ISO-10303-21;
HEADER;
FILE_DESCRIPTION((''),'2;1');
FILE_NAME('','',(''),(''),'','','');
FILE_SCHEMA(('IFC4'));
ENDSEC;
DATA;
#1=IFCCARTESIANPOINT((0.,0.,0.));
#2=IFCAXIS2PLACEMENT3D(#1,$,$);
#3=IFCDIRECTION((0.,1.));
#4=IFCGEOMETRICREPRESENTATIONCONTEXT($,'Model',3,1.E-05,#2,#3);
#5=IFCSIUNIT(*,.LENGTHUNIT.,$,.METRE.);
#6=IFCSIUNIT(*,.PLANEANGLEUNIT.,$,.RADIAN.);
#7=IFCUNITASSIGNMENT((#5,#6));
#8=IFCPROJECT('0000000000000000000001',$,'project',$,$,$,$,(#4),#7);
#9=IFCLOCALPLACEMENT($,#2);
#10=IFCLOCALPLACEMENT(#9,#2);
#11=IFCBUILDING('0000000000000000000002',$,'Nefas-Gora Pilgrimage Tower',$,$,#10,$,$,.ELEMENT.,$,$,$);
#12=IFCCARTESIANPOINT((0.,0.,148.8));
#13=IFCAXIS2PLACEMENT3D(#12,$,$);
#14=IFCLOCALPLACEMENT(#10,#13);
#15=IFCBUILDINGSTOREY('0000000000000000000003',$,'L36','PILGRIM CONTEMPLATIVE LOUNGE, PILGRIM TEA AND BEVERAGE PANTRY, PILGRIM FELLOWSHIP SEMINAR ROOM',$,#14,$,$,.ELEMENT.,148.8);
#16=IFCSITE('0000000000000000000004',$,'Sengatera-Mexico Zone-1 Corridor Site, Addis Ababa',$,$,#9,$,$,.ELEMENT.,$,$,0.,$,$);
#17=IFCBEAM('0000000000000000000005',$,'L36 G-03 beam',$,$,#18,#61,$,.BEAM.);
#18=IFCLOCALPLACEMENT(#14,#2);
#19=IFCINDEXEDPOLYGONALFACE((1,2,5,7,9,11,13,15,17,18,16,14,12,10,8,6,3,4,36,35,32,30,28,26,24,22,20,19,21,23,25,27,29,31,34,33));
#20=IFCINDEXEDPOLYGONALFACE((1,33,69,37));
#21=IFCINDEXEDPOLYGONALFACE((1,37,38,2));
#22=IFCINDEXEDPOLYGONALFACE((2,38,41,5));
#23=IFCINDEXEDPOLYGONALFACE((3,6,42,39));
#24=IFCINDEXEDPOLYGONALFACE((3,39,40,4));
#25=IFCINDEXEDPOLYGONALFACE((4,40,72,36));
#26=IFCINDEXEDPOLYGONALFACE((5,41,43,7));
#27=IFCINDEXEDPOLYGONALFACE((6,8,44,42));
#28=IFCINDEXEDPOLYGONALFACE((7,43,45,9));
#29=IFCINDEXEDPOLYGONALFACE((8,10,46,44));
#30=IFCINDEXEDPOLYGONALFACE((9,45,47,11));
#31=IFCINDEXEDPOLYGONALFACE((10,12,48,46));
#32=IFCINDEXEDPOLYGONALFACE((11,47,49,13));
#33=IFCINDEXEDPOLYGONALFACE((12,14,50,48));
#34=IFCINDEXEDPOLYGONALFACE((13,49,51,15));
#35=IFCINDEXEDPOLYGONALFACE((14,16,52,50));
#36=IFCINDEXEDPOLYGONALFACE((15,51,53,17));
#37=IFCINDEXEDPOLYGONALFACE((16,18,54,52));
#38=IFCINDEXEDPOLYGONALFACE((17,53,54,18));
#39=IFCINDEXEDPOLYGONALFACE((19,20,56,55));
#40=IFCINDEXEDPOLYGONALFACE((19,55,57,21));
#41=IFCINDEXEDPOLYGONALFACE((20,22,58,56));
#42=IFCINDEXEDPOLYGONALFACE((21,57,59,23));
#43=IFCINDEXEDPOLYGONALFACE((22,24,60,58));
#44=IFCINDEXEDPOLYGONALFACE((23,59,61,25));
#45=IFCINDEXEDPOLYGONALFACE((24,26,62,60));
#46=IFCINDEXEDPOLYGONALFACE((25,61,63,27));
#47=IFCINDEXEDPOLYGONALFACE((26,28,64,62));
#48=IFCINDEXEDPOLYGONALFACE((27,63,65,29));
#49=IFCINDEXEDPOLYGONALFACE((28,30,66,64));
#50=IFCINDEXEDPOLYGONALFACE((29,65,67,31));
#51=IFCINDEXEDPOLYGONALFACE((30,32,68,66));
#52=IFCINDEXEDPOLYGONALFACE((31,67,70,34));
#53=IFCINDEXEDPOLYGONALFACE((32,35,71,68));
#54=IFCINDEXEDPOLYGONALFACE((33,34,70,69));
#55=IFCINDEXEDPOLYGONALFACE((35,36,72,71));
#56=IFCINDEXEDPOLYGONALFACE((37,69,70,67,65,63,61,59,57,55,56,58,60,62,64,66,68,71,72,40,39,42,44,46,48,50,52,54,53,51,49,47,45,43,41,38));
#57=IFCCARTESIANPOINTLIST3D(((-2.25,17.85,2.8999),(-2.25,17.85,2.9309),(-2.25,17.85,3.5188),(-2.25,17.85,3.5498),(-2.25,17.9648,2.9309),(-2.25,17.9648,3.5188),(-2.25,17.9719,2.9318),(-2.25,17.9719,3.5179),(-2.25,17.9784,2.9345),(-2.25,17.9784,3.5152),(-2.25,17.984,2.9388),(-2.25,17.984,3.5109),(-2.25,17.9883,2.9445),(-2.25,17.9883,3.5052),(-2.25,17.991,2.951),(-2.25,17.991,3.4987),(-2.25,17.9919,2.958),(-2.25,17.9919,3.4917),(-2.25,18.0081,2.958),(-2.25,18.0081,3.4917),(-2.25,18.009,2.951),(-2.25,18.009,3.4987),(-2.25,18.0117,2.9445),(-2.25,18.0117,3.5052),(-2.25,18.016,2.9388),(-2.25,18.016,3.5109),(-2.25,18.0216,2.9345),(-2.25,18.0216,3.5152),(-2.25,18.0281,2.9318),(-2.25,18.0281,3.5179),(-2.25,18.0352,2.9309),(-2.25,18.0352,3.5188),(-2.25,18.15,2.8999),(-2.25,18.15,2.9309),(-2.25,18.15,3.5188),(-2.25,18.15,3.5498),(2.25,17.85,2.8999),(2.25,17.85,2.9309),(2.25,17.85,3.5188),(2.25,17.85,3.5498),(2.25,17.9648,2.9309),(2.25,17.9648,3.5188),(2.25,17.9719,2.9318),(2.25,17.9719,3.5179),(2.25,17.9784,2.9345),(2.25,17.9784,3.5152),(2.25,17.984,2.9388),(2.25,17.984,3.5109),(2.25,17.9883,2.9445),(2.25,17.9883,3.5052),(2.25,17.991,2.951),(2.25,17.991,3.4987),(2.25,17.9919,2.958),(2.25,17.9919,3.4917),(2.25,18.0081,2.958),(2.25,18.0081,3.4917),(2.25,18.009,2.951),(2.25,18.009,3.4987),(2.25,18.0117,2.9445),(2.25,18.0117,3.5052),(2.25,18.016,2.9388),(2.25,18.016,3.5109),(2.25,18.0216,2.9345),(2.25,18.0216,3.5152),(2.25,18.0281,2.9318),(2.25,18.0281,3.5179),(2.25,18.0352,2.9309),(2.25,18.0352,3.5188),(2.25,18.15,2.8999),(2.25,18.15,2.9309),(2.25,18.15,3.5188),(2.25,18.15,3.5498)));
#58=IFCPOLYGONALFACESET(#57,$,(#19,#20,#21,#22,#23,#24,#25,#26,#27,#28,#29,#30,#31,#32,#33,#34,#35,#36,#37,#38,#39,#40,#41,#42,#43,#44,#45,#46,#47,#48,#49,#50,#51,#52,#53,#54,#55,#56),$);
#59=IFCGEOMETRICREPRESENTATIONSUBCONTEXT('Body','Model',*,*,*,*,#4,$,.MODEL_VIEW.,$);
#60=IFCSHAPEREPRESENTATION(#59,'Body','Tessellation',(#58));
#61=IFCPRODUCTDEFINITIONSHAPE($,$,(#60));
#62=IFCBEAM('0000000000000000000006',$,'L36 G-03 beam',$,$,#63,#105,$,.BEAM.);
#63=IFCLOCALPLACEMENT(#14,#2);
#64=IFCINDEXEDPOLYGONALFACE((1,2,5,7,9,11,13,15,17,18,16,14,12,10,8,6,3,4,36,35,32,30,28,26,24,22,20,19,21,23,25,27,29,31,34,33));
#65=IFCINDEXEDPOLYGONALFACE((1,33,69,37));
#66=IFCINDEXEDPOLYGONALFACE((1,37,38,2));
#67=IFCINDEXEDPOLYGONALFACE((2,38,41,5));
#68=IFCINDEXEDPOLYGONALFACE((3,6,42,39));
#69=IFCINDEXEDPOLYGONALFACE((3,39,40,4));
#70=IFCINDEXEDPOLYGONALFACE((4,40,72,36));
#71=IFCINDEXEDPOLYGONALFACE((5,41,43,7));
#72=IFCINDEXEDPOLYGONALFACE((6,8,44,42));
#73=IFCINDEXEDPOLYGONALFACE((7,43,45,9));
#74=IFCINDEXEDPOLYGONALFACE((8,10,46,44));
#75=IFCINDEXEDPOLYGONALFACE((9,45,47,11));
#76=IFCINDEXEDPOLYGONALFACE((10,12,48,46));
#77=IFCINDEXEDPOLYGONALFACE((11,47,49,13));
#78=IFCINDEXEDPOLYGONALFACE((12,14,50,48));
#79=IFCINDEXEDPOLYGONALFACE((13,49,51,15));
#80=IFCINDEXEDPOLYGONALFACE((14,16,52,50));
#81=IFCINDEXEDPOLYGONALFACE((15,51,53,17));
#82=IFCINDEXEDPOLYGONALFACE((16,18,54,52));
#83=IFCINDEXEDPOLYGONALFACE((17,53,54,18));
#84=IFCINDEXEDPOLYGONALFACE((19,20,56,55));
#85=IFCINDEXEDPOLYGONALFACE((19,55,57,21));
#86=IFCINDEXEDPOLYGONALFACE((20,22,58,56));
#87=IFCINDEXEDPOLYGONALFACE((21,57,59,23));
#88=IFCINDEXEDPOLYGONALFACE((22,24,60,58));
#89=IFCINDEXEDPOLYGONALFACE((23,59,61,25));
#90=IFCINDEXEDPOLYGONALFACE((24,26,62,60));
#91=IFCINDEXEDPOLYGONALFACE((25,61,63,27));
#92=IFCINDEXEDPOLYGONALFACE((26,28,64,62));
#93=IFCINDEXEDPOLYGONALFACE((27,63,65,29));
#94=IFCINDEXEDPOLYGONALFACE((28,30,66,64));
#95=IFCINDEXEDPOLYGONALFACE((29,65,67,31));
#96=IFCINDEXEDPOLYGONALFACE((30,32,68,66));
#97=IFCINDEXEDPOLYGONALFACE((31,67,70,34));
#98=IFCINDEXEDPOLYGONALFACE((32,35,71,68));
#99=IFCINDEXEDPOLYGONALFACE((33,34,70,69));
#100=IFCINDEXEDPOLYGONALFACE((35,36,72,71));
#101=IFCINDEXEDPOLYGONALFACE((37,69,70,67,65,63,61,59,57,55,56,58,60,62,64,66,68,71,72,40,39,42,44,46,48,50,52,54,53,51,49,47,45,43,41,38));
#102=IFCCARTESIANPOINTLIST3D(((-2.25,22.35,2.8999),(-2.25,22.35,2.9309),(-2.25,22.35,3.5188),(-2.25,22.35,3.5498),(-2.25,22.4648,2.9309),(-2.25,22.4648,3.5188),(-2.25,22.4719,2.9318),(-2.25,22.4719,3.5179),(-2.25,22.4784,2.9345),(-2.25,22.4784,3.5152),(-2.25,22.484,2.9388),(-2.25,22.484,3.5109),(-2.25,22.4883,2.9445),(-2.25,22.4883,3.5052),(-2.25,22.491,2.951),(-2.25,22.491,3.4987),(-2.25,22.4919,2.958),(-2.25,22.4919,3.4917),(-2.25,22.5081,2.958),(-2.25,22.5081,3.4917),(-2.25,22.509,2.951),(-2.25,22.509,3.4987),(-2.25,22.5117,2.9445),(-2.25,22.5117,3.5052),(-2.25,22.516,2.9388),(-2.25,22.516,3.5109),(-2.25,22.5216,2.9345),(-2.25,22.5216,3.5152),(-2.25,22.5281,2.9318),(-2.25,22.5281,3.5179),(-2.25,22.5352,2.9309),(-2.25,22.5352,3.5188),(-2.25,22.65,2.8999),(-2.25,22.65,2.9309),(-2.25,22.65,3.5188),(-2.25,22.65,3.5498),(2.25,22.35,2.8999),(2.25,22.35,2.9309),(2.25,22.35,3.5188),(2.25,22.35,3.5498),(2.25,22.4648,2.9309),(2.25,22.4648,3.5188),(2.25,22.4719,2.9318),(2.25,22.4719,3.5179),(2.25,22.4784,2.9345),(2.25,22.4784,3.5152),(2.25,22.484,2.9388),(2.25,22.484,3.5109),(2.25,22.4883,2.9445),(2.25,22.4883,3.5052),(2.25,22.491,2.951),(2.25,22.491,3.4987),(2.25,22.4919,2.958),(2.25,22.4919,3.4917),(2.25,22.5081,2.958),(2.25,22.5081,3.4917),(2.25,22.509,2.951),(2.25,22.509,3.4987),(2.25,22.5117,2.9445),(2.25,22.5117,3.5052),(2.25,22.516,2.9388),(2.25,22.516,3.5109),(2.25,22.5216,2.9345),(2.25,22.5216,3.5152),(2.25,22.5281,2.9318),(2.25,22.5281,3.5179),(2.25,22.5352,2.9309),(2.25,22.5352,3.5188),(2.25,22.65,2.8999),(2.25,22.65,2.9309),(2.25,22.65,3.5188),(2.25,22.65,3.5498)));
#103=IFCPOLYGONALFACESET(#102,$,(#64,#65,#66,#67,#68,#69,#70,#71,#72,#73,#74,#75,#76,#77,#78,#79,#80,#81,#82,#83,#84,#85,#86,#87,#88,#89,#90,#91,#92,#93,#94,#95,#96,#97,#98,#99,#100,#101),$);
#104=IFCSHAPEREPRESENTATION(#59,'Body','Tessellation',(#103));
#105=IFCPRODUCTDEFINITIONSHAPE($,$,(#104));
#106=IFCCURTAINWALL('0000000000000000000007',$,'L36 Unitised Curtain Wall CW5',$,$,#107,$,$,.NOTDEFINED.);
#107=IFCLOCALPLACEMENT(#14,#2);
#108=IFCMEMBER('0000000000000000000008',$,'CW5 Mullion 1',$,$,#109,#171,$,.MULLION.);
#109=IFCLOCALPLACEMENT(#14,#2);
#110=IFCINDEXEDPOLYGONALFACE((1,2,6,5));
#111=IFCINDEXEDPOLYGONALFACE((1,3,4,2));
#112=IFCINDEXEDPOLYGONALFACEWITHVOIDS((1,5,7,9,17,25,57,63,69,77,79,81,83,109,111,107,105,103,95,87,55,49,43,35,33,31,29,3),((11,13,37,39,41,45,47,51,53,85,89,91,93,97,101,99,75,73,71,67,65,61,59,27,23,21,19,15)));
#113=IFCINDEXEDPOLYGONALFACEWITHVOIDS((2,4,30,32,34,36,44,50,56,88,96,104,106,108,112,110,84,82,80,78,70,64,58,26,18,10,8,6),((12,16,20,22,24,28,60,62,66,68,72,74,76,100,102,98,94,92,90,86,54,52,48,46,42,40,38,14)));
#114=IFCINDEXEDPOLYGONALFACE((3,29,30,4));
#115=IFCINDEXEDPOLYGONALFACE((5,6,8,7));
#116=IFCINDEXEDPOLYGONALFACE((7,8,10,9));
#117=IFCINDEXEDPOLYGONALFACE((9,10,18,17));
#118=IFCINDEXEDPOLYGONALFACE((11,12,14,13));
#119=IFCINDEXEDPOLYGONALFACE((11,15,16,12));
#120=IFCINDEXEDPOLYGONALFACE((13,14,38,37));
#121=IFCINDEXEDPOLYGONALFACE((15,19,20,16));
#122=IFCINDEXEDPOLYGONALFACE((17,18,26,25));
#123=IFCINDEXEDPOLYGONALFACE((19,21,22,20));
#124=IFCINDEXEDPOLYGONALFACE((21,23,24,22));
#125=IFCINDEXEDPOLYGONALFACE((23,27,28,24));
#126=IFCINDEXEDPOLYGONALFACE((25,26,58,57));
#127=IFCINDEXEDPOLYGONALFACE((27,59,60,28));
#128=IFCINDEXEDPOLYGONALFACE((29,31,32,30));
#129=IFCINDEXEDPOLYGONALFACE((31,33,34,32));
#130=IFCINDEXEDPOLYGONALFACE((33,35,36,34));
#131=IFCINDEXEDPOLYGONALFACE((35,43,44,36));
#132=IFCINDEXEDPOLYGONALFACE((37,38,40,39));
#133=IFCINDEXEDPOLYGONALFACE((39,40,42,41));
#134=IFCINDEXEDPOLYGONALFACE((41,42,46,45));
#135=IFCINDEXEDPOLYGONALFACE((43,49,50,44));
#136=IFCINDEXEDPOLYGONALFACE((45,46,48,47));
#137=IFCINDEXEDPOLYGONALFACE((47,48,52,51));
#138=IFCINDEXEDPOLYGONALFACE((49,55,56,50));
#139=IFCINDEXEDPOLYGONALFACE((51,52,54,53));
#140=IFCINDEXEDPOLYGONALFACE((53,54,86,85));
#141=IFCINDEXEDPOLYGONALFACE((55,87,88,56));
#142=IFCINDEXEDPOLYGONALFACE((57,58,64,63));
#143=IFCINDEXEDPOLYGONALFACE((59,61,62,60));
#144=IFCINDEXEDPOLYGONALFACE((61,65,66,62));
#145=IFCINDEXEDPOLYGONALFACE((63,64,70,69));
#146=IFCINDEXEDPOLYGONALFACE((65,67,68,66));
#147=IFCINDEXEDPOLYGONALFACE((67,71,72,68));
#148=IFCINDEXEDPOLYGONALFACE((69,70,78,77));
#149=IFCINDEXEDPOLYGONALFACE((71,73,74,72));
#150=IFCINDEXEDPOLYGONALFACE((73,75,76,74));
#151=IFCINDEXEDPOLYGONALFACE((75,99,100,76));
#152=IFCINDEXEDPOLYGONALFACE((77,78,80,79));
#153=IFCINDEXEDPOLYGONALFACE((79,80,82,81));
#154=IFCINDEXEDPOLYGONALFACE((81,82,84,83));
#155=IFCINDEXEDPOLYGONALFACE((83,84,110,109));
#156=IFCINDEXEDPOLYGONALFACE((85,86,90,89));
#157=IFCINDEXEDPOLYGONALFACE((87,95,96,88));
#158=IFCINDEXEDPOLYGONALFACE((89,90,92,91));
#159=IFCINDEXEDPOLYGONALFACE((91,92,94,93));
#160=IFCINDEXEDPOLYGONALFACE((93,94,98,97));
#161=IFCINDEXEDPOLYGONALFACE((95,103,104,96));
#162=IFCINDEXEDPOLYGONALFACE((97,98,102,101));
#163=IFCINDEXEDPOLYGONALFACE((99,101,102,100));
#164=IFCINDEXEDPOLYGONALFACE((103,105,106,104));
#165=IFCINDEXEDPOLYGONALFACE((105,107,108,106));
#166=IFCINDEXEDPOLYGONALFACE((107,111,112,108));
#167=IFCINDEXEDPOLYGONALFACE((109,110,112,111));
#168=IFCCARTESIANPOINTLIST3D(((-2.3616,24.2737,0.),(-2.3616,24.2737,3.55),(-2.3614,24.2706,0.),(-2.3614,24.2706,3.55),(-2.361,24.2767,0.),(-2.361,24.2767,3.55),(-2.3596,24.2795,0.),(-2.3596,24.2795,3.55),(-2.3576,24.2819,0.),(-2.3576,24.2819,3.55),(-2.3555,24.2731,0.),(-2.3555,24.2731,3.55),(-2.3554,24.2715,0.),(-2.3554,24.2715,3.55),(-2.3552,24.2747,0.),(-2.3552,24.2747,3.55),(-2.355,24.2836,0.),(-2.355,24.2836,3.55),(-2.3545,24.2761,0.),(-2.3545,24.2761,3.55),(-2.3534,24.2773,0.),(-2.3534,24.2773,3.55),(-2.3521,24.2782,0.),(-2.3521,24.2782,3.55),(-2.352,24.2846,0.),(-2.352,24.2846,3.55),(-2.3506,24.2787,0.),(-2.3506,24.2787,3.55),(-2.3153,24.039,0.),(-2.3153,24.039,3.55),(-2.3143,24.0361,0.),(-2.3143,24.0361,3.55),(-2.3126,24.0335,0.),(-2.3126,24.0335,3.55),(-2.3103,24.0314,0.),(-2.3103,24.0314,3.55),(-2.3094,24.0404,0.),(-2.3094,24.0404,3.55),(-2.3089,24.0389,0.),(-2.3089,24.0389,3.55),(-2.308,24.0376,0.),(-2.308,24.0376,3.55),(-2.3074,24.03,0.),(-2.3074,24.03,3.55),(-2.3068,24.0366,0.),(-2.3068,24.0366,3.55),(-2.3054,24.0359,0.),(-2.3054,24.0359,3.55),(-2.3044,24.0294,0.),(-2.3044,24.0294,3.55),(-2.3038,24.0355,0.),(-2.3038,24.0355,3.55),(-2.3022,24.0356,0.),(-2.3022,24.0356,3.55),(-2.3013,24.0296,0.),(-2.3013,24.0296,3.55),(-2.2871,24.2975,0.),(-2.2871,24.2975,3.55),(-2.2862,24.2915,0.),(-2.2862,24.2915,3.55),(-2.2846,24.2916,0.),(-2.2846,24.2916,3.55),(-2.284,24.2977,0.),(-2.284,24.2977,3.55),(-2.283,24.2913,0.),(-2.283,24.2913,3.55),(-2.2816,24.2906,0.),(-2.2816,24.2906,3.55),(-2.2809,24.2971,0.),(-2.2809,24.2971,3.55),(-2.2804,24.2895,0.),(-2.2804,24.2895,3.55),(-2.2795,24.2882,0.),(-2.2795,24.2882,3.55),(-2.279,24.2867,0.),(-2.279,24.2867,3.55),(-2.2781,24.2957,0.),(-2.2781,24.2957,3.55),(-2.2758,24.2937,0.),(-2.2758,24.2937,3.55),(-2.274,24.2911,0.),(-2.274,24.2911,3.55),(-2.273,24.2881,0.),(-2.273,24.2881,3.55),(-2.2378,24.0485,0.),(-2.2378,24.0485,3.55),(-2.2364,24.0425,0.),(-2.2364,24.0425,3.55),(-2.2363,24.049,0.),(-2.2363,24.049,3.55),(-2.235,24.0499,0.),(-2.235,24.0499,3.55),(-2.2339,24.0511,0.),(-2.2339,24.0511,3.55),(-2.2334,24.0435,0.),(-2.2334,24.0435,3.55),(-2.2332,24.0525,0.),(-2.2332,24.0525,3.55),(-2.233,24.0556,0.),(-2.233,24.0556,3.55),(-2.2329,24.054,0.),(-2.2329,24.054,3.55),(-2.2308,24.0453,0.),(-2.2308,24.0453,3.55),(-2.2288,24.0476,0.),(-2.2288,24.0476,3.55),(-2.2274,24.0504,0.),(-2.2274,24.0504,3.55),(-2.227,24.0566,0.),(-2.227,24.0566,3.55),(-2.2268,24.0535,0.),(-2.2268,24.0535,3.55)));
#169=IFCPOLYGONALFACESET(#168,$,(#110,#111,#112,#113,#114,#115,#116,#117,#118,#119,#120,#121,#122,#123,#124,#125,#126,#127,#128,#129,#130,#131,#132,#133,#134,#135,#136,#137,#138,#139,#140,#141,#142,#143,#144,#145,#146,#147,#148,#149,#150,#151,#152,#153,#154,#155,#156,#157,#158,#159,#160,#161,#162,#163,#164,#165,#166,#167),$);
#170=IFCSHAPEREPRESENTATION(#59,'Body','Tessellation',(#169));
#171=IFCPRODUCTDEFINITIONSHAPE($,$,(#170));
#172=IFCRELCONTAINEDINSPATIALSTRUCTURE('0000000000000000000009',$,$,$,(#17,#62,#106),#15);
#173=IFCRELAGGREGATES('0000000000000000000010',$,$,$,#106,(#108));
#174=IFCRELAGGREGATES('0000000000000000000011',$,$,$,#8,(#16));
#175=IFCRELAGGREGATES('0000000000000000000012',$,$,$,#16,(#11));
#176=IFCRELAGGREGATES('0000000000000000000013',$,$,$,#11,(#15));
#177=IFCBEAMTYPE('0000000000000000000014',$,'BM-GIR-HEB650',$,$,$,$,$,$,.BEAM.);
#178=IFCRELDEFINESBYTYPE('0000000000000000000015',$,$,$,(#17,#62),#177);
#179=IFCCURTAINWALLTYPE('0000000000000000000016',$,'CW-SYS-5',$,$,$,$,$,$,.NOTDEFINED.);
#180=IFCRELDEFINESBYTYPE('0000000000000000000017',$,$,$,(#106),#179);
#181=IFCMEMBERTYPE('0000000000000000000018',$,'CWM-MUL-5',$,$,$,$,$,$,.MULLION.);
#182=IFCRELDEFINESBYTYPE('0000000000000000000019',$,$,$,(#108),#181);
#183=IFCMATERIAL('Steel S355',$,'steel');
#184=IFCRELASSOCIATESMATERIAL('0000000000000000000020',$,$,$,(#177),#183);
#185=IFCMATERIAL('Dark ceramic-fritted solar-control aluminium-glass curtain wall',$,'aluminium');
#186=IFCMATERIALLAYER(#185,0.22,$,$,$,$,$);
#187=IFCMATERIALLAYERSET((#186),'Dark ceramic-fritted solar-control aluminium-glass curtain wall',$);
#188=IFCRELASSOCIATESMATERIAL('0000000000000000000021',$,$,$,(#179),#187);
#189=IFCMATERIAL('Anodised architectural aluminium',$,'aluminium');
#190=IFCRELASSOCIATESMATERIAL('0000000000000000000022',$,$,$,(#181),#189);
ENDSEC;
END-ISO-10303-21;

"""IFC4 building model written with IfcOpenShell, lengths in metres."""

from ifc_helpers import new_model, si_unit, direction, frame, origin, origin_2d, place, context, subcontext, project, spatial, hollow_rectangle, i_section, extrude, source, transform, mapped, material, layer, layer_set, material_profile, profile_set, type_object, element, aggregate, save


model = new_model("IFC4")

# Units and contexts
model_context = context("Model", 3, precision=1e-05, world=origin(), true_north=direction((0.0, 1.0)))
body_context = subcontext(model_context, "Body", "Model", "MODEL_VIEW")
ifc_project = project(units=[si_unit("LENGTHUNIT", "METRE"), si_unit("PLANEANGLEUNIT", "RADIAN")], contexts=[model_context])

# Site, building, storey
site_placement = place(None, origin())
site = spatial("IfcSite", under=ifc_project, at=site_placement, Name="Sengatera-Mexico Zone-1 Corridor Site, Addis Ababa", CompositionType="ELEMENT", RefElevation=0.0)
building_placement = place(site_placement, origin())
building = spatial("IfcBuilding", under=site, at=building_placement, Name="Nefas-Gora Pilgrimage Tower", CompositionType="ELEMENT")
storey_placement = place(building_placement, frame((0.0, 0.0, 148.8)))
storey = spatial("IfcBuildingStorey", under=building, at=storey_placement, Name="L36", Description="PILGRIM CONTEMPLATIVE LOUNGE, PILGRIM TEA AND BEVERAGE PANTRY, PILGRIM FELLOWSHIP SEMINAR ROOM", CompositionType="ELEMENT", Elevation=148.8)

# Beams
ifc_material_1 = material(Name="Steel S355", Category="steel")
ifc_material_profile_1 = material_profile(ifc_material_1, i_section(OverallWidth=0.3, OverallDepth=0.6499, WebThickness=0.0161, FlangeThickness=0.031, FilletRadius=0.0271, at=origin_2d()), Name="HEB 650")
ifc_profile_set_1 = profile_set([ifc_material_profile_1], Name="Steel S355")
beam_type = type_object("IfcBeamType", Name="BM-GIR-HEB650", PredefinedType="BEAM", material=ifc_profile_set_1)
shared_shape_1 = source(origin(), body_context, "Body", "SweptSolid", [
    extrude(i_section(OverallWidth=0.3, OverallDepth=0.6499, WebThickness=0.0161, FlangeThickness=0.031, FilletRadius=0.0271, at=origin_2d()), origin(), (0.0, 0.0, 1.0), 4.5),
])
for number, where, z_axis, x_axis, name in (
    (1, (-2.25, 18.0, 3.2249), (1.0, 0.0, 0.0), (0.0, 1.0, 0.0), "L36 G-03 beam"),
    (2, (-2.25, 22.5, 3.2249), (1.0, 0.0, 0.0), (0.0, 1.0, 0.0), "L36 G-03 beam"),
):
    element("IfcBeam", number, at=place(storey_placement, frame(where, z_axis=z_axis, x_axis=x_axis)), inside=storey, type_object=beam_type, Name=name, PredefinedType="BEAM", context=body_context, shape_type="MappedRepresentation", body=[
        mapped(shared_shape_1, transform((0.0, 0.0, 0.0), x_axis=(1.0, 0.0, 0.0), y_axis=(0.0, 1.0, 0.0), z_axis=(0.0, 0.0, 1.0), scale=1.0)),
    ])

# Curtain wall, member
ifc_material_2 = material(Name="Dark ceramic-fritted solar-control aluminium-glass curtain wall", Category="aluminium")
ifc_layer_1 = layer(ifc_material_2, 0.22)
ifc_layer_set_1 = layer_set([ifc_layer_1], Name="Dark ceramic-fritted solar-control aluminium-glass curtain wall")
curtain_wall_type = type_object("IfcCurtainWallType", Name="CW-SYS-5", PredefinedType="NOTDEFINED", material=ifc_layer_set_1)
curtain_wall_1_placement = place(storey_placement, origin())
curtain_wall_1 = element("IfcCurtainWall", 3, at=curtain_wall_1_placement, inside=storey, type_object=curtain_wall_type, Name="L36 Unitised Curtain Wall CW5", PredefinedType="NOTDEFINED")
ifc_material_3 = material(Name="Anodised architectural aluminium", Category="aluminium")
ifc_material_profile_2 = material_profile(ifc_material_3, hollow_rectangle(XDim=0.0901, YDim=0.26, WallThickness=0.0061, InnerFilletRadius=0.0061, OuterFilletRadius=0.012, at=origin_2d()), Name="ALU MULLION 90x260")
ifc_profile_set_2 = profile_set([ifc_material_profile_2], Name="Anodised architectural aluminium")
member_type_1 = type_object("IfcMemberType", Name="CWM-MUL-5", PredefinedType="MULLION", material=ifc_profile_set_2)
shared_shape_2 = source(origin(), body_context, "Body", "SweptSolid", [
    extrude(hollow_rectangle(XDim=0.0901, YDim=0.26, WallThickness=0.0061, InnerFilletRadius=0.0061, OuterFilletRadius=0.012, at=origin_2d()), origin(), (0.0, 0.0, 1.0), 3.55),
])
member_1_placement = place(storey_placement, frame((-2.2942, 24.1636, 0.0), z_axis=(0.0, 0.0, 1.0), x_axis=(-0.980783, -0.195102, 0.0)))
member_1 = element("IfcMember", 4, at=member_1_placement, type_object=member_type_1, Name="CW5 Mullion 1", PredefinedType="MULLION", context=body_context, shape_type="MappedRepresentation", body=[
    mapped(shared_shape_2, transform((0.0, 0.0, 0.0), x_axis=(1.0, 0.0, 0.0), y_axis=(0.0, 1.0, 0.0), z_axis=(0.0, 0.0, 1.0), scale=1.0)),
])

aggregate(curtain_wall_1, [member_1])

save(model, "model.ifc")
